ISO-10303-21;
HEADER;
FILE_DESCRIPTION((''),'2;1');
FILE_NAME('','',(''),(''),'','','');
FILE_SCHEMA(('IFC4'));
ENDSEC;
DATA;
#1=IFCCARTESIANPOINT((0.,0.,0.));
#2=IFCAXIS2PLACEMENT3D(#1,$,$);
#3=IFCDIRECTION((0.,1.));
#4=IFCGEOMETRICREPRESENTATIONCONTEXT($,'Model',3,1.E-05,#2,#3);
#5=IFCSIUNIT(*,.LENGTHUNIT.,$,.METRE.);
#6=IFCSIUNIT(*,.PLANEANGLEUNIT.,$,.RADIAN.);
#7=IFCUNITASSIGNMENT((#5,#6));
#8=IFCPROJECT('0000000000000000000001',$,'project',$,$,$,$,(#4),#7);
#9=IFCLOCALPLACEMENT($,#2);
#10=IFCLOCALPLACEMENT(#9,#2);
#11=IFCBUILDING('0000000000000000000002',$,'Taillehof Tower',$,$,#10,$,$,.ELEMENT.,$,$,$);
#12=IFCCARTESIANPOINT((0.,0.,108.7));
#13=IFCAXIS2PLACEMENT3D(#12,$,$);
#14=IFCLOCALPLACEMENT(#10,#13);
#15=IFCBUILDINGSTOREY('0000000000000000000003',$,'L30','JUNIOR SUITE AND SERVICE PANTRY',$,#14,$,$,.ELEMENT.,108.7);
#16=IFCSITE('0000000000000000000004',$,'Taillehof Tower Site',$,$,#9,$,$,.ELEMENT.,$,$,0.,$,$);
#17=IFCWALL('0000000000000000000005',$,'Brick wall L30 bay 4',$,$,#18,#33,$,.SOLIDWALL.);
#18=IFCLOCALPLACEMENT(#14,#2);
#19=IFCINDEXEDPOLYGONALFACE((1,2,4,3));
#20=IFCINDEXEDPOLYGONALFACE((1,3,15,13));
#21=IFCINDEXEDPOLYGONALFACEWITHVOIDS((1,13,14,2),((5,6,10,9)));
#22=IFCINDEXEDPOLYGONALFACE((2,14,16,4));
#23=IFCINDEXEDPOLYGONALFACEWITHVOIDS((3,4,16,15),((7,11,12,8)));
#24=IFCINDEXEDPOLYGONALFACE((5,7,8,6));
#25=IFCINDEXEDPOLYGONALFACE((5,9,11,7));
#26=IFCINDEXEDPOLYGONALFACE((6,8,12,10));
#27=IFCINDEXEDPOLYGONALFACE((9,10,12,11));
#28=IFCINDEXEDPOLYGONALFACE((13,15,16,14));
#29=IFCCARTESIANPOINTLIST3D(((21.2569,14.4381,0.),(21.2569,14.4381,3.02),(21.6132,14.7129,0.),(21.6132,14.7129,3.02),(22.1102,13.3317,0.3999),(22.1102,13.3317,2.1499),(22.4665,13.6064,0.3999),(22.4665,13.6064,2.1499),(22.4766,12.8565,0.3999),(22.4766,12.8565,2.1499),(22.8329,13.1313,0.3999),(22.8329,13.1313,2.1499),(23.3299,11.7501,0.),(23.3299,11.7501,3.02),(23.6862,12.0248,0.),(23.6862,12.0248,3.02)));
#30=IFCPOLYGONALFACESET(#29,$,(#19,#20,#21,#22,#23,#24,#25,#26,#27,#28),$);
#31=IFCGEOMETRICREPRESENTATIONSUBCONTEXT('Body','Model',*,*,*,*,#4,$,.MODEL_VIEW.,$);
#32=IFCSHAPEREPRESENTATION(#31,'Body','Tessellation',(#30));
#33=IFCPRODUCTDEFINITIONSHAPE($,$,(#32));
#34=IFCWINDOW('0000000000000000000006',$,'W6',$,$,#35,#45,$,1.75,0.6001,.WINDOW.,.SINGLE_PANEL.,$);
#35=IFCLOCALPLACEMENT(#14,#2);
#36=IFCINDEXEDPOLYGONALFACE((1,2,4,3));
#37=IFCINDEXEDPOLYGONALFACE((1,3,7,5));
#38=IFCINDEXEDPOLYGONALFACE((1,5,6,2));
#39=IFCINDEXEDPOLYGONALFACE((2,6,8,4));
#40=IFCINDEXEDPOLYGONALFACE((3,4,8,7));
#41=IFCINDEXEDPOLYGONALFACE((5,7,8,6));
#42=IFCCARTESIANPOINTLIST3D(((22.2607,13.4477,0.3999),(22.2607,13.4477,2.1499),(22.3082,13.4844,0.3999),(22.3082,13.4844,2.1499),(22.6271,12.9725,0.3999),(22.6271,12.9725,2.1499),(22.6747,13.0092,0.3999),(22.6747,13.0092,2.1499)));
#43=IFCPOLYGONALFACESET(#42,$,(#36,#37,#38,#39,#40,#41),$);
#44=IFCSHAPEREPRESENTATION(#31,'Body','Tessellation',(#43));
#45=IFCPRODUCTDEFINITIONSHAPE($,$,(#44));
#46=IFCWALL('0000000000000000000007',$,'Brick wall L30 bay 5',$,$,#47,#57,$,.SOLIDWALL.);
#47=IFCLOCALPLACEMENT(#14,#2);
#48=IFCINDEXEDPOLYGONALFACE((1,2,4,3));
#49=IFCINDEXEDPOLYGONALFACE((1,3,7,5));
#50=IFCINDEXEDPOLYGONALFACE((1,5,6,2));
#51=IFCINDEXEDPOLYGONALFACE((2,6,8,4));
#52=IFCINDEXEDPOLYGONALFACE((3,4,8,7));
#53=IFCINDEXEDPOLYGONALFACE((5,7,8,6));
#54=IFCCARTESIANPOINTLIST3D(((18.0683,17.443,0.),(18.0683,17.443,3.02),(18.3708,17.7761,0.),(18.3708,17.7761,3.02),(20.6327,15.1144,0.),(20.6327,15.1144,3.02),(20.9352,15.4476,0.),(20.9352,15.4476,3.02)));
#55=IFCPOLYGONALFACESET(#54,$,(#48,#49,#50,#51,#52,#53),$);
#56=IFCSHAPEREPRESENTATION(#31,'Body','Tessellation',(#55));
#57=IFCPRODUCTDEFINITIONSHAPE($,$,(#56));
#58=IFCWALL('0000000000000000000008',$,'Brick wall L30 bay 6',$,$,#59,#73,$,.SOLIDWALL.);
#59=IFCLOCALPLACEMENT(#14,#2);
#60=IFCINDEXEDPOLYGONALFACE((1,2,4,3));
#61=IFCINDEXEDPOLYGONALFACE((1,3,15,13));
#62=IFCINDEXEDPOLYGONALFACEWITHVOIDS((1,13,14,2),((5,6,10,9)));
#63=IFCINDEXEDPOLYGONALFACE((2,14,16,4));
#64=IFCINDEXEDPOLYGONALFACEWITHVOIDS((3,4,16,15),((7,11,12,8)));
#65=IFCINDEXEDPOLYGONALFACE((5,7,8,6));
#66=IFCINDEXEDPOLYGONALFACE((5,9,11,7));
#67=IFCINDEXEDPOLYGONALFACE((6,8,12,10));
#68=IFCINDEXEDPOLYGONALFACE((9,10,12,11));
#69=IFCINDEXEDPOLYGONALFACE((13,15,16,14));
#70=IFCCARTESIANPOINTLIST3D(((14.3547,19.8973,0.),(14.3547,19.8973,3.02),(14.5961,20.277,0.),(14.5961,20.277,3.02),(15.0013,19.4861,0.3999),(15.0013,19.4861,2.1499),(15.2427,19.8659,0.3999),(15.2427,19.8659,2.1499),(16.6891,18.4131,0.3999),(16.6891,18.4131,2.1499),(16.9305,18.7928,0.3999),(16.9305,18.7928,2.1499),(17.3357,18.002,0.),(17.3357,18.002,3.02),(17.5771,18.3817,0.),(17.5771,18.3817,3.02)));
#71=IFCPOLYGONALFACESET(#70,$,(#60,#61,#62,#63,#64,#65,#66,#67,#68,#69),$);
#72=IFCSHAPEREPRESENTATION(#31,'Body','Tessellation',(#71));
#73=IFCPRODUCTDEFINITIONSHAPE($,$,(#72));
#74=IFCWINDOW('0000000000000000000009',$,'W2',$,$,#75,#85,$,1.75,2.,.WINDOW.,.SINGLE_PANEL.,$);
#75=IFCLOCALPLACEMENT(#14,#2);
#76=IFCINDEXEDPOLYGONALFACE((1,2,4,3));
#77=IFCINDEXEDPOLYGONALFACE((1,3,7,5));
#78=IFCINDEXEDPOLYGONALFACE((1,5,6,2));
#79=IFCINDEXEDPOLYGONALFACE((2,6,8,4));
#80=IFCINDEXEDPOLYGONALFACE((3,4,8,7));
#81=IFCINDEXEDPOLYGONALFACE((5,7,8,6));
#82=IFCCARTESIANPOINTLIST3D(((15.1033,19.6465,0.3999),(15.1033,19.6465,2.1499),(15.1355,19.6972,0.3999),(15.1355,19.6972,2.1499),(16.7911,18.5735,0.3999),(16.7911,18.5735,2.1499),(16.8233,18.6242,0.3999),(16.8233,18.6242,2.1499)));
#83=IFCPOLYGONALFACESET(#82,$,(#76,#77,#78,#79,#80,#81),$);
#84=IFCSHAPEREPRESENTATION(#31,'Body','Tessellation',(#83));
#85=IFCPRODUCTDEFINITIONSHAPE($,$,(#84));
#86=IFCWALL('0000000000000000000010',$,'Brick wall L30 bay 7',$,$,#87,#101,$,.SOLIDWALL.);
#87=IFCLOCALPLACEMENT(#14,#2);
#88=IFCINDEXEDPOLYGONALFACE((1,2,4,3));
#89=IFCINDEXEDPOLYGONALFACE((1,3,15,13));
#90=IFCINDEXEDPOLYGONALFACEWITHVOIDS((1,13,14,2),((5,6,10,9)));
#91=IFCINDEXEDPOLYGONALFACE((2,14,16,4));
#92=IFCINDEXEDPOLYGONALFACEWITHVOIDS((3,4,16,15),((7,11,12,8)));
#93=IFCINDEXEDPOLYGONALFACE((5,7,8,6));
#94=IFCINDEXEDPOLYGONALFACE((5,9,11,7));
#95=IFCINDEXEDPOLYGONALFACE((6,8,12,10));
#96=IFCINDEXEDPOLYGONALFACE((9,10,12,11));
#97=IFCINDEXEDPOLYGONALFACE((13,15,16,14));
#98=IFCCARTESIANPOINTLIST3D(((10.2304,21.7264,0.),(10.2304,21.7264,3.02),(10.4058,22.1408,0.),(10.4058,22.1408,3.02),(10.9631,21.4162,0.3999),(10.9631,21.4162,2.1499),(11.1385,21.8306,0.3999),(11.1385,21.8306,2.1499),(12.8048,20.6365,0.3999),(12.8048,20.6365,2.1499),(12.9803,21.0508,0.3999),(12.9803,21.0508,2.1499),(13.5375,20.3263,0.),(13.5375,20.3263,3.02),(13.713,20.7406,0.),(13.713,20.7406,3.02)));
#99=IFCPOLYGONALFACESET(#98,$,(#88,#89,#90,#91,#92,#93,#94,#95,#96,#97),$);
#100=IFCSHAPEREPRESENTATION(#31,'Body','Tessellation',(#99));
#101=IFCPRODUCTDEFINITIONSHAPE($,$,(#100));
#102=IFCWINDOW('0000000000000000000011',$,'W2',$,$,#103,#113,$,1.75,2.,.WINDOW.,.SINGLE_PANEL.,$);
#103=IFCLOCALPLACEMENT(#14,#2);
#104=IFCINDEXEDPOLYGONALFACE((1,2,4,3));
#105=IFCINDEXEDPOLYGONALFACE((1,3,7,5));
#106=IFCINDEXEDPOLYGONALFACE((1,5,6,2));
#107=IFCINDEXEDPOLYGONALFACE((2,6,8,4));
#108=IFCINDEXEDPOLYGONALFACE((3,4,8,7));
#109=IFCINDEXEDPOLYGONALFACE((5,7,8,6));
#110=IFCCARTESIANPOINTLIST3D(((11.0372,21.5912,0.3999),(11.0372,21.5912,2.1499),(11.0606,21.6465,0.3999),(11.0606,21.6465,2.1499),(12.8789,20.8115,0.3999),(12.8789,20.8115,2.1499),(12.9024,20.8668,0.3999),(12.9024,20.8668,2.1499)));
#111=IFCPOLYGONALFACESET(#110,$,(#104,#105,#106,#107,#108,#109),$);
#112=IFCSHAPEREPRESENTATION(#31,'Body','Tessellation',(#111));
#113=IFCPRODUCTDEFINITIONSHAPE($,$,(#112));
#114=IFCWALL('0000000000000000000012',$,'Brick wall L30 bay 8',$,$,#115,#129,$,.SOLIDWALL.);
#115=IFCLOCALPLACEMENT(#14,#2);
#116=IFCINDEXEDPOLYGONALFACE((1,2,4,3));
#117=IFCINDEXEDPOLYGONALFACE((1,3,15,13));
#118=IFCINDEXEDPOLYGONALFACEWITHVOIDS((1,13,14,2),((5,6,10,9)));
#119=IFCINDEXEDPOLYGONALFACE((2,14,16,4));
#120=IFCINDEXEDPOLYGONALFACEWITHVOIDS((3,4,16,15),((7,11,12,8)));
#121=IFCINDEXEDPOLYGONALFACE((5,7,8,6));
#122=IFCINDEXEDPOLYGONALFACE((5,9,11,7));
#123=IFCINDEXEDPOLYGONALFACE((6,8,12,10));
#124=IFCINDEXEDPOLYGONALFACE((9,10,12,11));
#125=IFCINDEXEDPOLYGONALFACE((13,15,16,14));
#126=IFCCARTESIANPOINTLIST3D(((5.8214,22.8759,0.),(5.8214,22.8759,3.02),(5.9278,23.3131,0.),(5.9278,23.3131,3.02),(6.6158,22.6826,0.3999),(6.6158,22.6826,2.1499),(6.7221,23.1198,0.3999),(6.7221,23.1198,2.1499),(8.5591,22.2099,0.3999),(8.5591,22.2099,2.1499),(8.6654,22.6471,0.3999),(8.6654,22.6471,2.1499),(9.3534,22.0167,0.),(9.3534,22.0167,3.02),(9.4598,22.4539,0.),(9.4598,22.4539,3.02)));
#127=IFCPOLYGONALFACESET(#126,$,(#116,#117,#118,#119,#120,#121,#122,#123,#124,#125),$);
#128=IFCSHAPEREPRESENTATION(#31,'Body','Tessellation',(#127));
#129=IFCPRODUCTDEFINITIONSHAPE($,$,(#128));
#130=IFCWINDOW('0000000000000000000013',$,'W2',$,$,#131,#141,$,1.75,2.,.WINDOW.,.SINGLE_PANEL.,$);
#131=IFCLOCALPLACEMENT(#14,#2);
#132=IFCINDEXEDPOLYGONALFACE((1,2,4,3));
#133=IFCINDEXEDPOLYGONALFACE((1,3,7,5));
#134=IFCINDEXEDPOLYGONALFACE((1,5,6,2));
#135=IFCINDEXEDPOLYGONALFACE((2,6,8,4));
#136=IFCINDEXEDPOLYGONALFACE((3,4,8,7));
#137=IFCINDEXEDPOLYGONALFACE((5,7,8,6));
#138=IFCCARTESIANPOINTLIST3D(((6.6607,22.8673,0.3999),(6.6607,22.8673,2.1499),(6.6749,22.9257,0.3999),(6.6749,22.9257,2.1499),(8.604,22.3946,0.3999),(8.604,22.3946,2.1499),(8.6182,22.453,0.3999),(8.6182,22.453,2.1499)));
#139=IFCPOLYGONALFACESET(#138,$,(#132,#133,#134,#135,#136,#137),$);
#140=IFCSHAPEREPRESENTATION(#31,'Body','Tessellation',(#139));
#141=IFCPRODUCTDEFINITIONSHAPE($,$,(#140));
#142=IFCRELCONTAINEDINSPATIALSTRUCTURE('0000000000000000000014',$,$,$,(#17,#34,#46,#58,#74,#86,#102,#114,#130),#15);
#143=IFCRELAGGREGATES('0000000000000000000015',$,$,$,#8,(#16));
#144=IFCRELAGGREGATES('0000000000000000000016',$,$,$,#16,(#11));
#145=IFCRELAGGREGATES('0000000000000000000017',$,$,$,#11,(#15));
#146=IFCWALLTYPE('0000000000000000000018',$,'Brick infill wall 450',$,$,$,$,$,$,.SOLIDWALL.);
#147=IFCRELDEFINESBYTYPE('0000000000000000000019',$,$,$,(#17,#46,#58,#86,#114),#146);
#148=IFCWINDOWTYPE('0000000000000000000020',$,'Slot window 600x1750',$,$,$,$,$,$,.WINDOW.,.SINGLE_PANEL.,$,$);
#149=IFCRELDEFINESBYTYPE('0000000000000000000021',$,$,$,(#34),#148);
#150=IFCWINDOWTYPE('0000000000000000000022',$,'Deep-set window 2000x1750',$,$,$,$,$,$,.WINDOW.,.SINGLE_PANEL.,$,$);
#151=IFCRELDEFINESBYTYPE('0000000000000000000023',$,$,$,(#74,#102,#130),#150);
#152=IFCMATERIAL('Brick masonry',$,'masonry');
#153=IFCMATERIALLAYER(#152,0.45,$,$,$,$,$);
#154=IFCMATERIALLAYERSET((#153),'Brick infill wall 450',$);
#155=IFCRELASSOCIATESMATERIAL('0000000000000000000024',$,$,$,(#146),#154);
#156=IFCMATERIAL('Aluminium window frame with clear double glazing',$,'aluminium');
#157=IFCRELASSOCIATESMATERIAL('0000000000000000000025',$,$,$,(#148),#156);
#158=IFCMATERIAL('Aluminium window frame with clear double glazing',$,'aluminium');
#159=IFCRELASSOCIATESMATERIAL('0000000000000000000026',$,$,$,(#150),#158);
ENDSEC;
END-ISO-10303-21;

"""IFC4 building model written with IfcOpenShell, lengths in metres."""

from ifc_helpers import new_model, si_unit, direction, frame, frame_2d, origin, place, context, subcontext, project, spatial, rectangle, extrude, material, layer, layer_set, type_object, element, fill, save


model = new_model("IFC4")

# Units and contexts
model_context = context("Model", 3, precision=1e-05, world=origin(), true_north=direction((0.0, 1.0)))
body_context = subcontext(model_context, "Body", "Model", "MODEL_VIEW")
ifc_project = project(units=[si_unit("LENGTHUNIT", "METRE"), si_unit("PLANEANGLEUNIT", "RADIAN")], contexts=[model_context])

# Site, building, storey
site_placement = place(None, origin())
site = spatial("IfcSite", under=ifc_project, at=site_placement, Name="Taillehof Tower Site", CompositionType="ELEMENT", RefElevation=0.0)
building_placement = place(site_placement, origin())
building = spatial("IfcBuilding", under=site, at=building_placement, Name="Taillehof Tower", CompositionType="ELEMENT")
storey_placement = place(building_placement, frame((0.0, 0.0, 108.7)))
storey = spatial("IfcBuildingStorey", under=building, at=storey_placement, Name="L30", Description="JUNIOR SUITE AND SERVICE PANTRY", CompositionType="ELEMENT", Elevation=108.7)

# Wall, opening, window
ifc_material_1 = material(Name="Brick masonry", Category="masonry")
ifc_layer_1 = layer(ifc_material_1, 0.45)
ifc_layer_set_1 = layer_set([ifc_layer_1], Name="Brick infill wall 450")
wall_type_1 = type_object("IfcWallType", Name="Brick infill wall 450", PredefinedType="SOLIDWALL", material=ifc_layer_set_1)
wall_1_placement = place(storey_placement, frame((23.5081, 11.8875, 0.0), z_axis=(0.0, 0.0, 1.0), x_axis=(-0.610694, 0.791867, 0.0)))
wall_1 = element("IfcWall", 1, at=wall_1_placement, inside=storey, type_object=wall_type_1, Name="Brick wall L30 bay 4", PredefinedType="SOLIDWALL", context=body_context, shape_type="SweptSolid", body=[
    extrude(rectangle(XDim=3.3945, YDim=0.45, at=frame_2d((1.6973, 0.0))), origin(), (0.0, 0.0, 1.0), 3.02),
])
opening_1_placement = place(wall_1_placement, frame((1.3972, 0.0, 0.3999)))
opening_1 = element("IfcOpeningElement", 2, at=opening_1_placement, cuts=wall_1, PredefinedType="OPENING", context=body_context, shape_type="SweptSolid", body=[
    extrude(rectangle(XDim=0.6001, YDim=1.75, at=frame_2d((0.3, 0.875))), frame((0.0, 0.2349, 0.0), z_axis=(0.0, -1.0, 0.0), x_axis=(1.0, 0.0, 0.0)), (0.0, 0.0, 1.0), 0.47),
])
ifc_material_2 = material(Name="Aluminium window frame with clear double glazing", Category="aluminium")
window_type_1 = type_object("IfcWindowType", Name="Slot window 600x1750", PartitioningType="SINGLE_PANEL", PredefinedType="WINDOW", material=ifc_material_2)
window_1_placement = place(opening_1_placement, origin())
window_1 = element("IfcWindow", 3, at=window_1_placement, inside=storey, type_object=window_type_1, Name="W6", OverallHeight=1.75, OverallWidth=0.6001, PartitioningType="SINGLE_PANEL", PredefinedType="WINDOW", context=body_context, shape_type="SweptSolid", body=[
    extrude(rectangle(XDim=0.6001, YDim=1.75, at=frame_2d((0.3, 0.875))), frame((0.0, 0.0349, 0.0), z_axis=(0.0, -1.0, 0.0), x_axis=(1.0, 0.0, 0.0)), (0.0, 0.0, 1.0), 0.0601),
])
fill(opening_1, window_1)

# Wall
wall_2_placement = place(storey_placement, frame((20.7839, 15.281, 0.0), z_axis=(0.0, 0.0, 1.0), x_axis=(-0.740329, 0.672245, 0.0)))
element("IfcWall", 4, at=wall_2_placement, inside=storey, type_object=wall_type_1, Name="Brick wall L30 bay 5", PredefinedType="SOLIDWALL", context=body_context, shape_type="SweptSolid", body=[
    extrude(rectangle(XDim=3.4639, YDim=0.45, at=frame_2d((1.7319, 0.0))), origin(), (0.0, 0.0, 1.0), 3.02),
])

# Walls, openings, windows
wall_3_placement = place(storey_placement, frame((17.4563, 18.1919, 0.0), z_axis=(0.0, 0.0, 1.0), x_axis=(-0.843881, 0.536531, 0.0)))
wall_3 = element("IfcWall", 5, at=wall_3_placement, inside=storey, type_object=wall_type_1, Name="Brick wall L30 bay 6", PredefinedType="SOLIDWALL", context=body_context, shape_type="SweptSolid", body=[
    extrude(rectangle(XDim=3.5325, YDim=0.45, at=frame_2d((1.7661, 0.0))), origin(), (0.0, 0.0, 1.0), 3.02),
])
opening_2_placement = place(wall_3_placement, frame((0.7661, 0.0, 0.3999)))
opening_2 = element("IfcOpeningElement", 6, at=opening_2_placement, cuts=wall_3, PredefinedType="OPENING", context=body_context, shape_type="SweptSolid", body=[
    extrude(rectangle(XDim=2.0, YDim=1.75, at=frame_2d((1.0, 0.875))), frame((0.0, 0.2349, 0.0), z_axis=(0.0, -1.0, 0.0), x_axis=(1.0, 0.0, 0.0)), (0.0, 0.0, 1.0), 0.47),
])
ifc_material_3 = material(Name="Aluminium window frame with clear double glazing", Category="aluminium")
window_type_2 = type_object("IfcWindowType", Name="Deep-set window 2000x1750", PartitioningType="SINGLE_PANEL", PredefinedType="WINDOW", material=ifc_material_3)
window_2_placement = place(opening_2_placement, origin())
window_2 = element("IfcWindow", 7, at=window_2_placement, inside=storey, type_object=window_type_2, Name="W2", OverallHeight=1.75, OverallWidth=2.0, PartitioningType="SINGLE_PANEL", PredefinedType="WINDOW", context=body_context, shape_type="SweptSolid", body=[
    extrude(rectangle(XDim=2.0, YDim=1.75, at=frame_2d((1.0, 0.875))), frame((0.0, 0.0349, 0.0), z_axis=(0.0, -1.0, 0.0), x_axis=(1.0, 0.0, 0.0)), (0.0, 0.0, 1.0), 0.0601),
])
fill(opening_2, window_2)
wall_4_placement = place(storey_placement, frame((13.6252, 20.5334, 0.0), z_axis=(0.0, 0.0, 1.0), x_axis=(-0.92087, 0.389871, 0.0)))
wall_4 = element("IfcWall", 8, at=wall_4_placement, inside=storey, type_object=wall_type_1, Name="Brick wall L30 bay 7", PredefinedType="SOLIDWALL", context=body_context, shape_type="SweptSolid", body=[
    extrude(rectangle(XDim=3.5913, YDim=0.45, at=frame_2d((1.7957, 0.0))), origin(), (0.0, 0.0, 1.0), 3.02),
])
opening_3_placement = place(wall_4_placement, frame((0.7957, 0.0, 0.3999)))
opening_3 = element("IfcOpeningElement", 9, at=opening_3_placement, cuts=wall_4, PredefinedType="OPENING", context=body_context, shape_type="SweptSolid", body=[
    extrude(rectangle(XDim=2.0, YDim=1.75, at=frame_2d((1.0, 0.875))), frame((0.0, 0.2349, 0.0), z_axis=(0.0, -1.0, 0.0), x_axis=(1.0, 0.0, 0.0)), (0.0, 0.0, 1.0), 0.47),
])
window_3_placement = place(opening_3_placement, origin())
window_3 = element("IfcWindow", 10, at=window_3_placement, inside=storey, type_object=window_type_2, Name="W2", OverallHeight=1.75, OverallWidth=2.0, PartitioningType="SINGLE_PANEL", PredefinedType="WINDOW", context=body_context, shape_type="SweptSolid", body=[
    extrude(rectangle(XDim=2.0, YDim=1.75, at=frame_2d((1.0, 0.875))), frame((0.0, 0.0349, 0.0), z_axis=(0.0, -1.0, 0.0), x_axis=(1.0, 0.0, 0.0)), (0.0, 0.0, 1.0), 0.0601),
])
fill(opening_3, window_3)
wall_5_placement = place(storey_placement, frame((9.4065, 22.2354, 0.0), z_axis=(0.0, 0.0, 1.0), x_axis=(-0.971668, 0.236352, 0.0)))
wall_5 = element("IfcWall", 11, at=wall_5_placement, inside=storey, type_object=wall_type_1, Name="Brick wall L30 bay 8", PredefinedType="SOLIDWALL", context=body_context, shape_type="SweptSolid", body=[
    extrude(rectangle(XDim=3.635, YDim=0.45, at=frame_2d((1.8174, 0.0))), origin(), (0.0, 0.0, 1.0), 3.02),
])
opening_4_placement = place(wall_5_placement, frame((0.8174, 0.0, 0.3999)))
opening_4 = element("IfcOpeningElement", 12, at=opening_4_placement, cuts=wall_5, PredefinedType="OPENING", context=body_context, shape_type="SweptSolid", body=[
    extrude(rectangle(XDim=2.0, YDim=1.75, at=frame_2d((1.0, 0.875))), frame((0.0, 0.2349, 0.0), z_axis=(0.0, -1.0, 0.0), x_axis=(1.0, 0.0, 0.0)), (0.0, 0.0, 1.0), 0.47),
])
window_4_placement = place(opening_4_placement, origin())
window_4 = element("IfcWindow", 13, at=window_4_placement, inside=storey, type_object=window_type_2, Name="W2", OverallHeight=1.75, OverallWidth=2.0, PartitioningType="SINGLE_PANEL", PredefinedType="WINDOW", context=body_context, shape_type="SweptSolid", body=[
    extrude(rectangle(XDim=2.0, YDim=1.75, at=frame_2d((1.0, 0.875))), frame((0.0, 0.0349, 0.0), z_axis=(0.0, -1.0, 0.0), x_axis=(1.0, 0.0, 0.0)), (0.0, 0.0, 1.0), 0.0601),
])
fill(opening_4, window_4)

save(model, "model.ifc")
